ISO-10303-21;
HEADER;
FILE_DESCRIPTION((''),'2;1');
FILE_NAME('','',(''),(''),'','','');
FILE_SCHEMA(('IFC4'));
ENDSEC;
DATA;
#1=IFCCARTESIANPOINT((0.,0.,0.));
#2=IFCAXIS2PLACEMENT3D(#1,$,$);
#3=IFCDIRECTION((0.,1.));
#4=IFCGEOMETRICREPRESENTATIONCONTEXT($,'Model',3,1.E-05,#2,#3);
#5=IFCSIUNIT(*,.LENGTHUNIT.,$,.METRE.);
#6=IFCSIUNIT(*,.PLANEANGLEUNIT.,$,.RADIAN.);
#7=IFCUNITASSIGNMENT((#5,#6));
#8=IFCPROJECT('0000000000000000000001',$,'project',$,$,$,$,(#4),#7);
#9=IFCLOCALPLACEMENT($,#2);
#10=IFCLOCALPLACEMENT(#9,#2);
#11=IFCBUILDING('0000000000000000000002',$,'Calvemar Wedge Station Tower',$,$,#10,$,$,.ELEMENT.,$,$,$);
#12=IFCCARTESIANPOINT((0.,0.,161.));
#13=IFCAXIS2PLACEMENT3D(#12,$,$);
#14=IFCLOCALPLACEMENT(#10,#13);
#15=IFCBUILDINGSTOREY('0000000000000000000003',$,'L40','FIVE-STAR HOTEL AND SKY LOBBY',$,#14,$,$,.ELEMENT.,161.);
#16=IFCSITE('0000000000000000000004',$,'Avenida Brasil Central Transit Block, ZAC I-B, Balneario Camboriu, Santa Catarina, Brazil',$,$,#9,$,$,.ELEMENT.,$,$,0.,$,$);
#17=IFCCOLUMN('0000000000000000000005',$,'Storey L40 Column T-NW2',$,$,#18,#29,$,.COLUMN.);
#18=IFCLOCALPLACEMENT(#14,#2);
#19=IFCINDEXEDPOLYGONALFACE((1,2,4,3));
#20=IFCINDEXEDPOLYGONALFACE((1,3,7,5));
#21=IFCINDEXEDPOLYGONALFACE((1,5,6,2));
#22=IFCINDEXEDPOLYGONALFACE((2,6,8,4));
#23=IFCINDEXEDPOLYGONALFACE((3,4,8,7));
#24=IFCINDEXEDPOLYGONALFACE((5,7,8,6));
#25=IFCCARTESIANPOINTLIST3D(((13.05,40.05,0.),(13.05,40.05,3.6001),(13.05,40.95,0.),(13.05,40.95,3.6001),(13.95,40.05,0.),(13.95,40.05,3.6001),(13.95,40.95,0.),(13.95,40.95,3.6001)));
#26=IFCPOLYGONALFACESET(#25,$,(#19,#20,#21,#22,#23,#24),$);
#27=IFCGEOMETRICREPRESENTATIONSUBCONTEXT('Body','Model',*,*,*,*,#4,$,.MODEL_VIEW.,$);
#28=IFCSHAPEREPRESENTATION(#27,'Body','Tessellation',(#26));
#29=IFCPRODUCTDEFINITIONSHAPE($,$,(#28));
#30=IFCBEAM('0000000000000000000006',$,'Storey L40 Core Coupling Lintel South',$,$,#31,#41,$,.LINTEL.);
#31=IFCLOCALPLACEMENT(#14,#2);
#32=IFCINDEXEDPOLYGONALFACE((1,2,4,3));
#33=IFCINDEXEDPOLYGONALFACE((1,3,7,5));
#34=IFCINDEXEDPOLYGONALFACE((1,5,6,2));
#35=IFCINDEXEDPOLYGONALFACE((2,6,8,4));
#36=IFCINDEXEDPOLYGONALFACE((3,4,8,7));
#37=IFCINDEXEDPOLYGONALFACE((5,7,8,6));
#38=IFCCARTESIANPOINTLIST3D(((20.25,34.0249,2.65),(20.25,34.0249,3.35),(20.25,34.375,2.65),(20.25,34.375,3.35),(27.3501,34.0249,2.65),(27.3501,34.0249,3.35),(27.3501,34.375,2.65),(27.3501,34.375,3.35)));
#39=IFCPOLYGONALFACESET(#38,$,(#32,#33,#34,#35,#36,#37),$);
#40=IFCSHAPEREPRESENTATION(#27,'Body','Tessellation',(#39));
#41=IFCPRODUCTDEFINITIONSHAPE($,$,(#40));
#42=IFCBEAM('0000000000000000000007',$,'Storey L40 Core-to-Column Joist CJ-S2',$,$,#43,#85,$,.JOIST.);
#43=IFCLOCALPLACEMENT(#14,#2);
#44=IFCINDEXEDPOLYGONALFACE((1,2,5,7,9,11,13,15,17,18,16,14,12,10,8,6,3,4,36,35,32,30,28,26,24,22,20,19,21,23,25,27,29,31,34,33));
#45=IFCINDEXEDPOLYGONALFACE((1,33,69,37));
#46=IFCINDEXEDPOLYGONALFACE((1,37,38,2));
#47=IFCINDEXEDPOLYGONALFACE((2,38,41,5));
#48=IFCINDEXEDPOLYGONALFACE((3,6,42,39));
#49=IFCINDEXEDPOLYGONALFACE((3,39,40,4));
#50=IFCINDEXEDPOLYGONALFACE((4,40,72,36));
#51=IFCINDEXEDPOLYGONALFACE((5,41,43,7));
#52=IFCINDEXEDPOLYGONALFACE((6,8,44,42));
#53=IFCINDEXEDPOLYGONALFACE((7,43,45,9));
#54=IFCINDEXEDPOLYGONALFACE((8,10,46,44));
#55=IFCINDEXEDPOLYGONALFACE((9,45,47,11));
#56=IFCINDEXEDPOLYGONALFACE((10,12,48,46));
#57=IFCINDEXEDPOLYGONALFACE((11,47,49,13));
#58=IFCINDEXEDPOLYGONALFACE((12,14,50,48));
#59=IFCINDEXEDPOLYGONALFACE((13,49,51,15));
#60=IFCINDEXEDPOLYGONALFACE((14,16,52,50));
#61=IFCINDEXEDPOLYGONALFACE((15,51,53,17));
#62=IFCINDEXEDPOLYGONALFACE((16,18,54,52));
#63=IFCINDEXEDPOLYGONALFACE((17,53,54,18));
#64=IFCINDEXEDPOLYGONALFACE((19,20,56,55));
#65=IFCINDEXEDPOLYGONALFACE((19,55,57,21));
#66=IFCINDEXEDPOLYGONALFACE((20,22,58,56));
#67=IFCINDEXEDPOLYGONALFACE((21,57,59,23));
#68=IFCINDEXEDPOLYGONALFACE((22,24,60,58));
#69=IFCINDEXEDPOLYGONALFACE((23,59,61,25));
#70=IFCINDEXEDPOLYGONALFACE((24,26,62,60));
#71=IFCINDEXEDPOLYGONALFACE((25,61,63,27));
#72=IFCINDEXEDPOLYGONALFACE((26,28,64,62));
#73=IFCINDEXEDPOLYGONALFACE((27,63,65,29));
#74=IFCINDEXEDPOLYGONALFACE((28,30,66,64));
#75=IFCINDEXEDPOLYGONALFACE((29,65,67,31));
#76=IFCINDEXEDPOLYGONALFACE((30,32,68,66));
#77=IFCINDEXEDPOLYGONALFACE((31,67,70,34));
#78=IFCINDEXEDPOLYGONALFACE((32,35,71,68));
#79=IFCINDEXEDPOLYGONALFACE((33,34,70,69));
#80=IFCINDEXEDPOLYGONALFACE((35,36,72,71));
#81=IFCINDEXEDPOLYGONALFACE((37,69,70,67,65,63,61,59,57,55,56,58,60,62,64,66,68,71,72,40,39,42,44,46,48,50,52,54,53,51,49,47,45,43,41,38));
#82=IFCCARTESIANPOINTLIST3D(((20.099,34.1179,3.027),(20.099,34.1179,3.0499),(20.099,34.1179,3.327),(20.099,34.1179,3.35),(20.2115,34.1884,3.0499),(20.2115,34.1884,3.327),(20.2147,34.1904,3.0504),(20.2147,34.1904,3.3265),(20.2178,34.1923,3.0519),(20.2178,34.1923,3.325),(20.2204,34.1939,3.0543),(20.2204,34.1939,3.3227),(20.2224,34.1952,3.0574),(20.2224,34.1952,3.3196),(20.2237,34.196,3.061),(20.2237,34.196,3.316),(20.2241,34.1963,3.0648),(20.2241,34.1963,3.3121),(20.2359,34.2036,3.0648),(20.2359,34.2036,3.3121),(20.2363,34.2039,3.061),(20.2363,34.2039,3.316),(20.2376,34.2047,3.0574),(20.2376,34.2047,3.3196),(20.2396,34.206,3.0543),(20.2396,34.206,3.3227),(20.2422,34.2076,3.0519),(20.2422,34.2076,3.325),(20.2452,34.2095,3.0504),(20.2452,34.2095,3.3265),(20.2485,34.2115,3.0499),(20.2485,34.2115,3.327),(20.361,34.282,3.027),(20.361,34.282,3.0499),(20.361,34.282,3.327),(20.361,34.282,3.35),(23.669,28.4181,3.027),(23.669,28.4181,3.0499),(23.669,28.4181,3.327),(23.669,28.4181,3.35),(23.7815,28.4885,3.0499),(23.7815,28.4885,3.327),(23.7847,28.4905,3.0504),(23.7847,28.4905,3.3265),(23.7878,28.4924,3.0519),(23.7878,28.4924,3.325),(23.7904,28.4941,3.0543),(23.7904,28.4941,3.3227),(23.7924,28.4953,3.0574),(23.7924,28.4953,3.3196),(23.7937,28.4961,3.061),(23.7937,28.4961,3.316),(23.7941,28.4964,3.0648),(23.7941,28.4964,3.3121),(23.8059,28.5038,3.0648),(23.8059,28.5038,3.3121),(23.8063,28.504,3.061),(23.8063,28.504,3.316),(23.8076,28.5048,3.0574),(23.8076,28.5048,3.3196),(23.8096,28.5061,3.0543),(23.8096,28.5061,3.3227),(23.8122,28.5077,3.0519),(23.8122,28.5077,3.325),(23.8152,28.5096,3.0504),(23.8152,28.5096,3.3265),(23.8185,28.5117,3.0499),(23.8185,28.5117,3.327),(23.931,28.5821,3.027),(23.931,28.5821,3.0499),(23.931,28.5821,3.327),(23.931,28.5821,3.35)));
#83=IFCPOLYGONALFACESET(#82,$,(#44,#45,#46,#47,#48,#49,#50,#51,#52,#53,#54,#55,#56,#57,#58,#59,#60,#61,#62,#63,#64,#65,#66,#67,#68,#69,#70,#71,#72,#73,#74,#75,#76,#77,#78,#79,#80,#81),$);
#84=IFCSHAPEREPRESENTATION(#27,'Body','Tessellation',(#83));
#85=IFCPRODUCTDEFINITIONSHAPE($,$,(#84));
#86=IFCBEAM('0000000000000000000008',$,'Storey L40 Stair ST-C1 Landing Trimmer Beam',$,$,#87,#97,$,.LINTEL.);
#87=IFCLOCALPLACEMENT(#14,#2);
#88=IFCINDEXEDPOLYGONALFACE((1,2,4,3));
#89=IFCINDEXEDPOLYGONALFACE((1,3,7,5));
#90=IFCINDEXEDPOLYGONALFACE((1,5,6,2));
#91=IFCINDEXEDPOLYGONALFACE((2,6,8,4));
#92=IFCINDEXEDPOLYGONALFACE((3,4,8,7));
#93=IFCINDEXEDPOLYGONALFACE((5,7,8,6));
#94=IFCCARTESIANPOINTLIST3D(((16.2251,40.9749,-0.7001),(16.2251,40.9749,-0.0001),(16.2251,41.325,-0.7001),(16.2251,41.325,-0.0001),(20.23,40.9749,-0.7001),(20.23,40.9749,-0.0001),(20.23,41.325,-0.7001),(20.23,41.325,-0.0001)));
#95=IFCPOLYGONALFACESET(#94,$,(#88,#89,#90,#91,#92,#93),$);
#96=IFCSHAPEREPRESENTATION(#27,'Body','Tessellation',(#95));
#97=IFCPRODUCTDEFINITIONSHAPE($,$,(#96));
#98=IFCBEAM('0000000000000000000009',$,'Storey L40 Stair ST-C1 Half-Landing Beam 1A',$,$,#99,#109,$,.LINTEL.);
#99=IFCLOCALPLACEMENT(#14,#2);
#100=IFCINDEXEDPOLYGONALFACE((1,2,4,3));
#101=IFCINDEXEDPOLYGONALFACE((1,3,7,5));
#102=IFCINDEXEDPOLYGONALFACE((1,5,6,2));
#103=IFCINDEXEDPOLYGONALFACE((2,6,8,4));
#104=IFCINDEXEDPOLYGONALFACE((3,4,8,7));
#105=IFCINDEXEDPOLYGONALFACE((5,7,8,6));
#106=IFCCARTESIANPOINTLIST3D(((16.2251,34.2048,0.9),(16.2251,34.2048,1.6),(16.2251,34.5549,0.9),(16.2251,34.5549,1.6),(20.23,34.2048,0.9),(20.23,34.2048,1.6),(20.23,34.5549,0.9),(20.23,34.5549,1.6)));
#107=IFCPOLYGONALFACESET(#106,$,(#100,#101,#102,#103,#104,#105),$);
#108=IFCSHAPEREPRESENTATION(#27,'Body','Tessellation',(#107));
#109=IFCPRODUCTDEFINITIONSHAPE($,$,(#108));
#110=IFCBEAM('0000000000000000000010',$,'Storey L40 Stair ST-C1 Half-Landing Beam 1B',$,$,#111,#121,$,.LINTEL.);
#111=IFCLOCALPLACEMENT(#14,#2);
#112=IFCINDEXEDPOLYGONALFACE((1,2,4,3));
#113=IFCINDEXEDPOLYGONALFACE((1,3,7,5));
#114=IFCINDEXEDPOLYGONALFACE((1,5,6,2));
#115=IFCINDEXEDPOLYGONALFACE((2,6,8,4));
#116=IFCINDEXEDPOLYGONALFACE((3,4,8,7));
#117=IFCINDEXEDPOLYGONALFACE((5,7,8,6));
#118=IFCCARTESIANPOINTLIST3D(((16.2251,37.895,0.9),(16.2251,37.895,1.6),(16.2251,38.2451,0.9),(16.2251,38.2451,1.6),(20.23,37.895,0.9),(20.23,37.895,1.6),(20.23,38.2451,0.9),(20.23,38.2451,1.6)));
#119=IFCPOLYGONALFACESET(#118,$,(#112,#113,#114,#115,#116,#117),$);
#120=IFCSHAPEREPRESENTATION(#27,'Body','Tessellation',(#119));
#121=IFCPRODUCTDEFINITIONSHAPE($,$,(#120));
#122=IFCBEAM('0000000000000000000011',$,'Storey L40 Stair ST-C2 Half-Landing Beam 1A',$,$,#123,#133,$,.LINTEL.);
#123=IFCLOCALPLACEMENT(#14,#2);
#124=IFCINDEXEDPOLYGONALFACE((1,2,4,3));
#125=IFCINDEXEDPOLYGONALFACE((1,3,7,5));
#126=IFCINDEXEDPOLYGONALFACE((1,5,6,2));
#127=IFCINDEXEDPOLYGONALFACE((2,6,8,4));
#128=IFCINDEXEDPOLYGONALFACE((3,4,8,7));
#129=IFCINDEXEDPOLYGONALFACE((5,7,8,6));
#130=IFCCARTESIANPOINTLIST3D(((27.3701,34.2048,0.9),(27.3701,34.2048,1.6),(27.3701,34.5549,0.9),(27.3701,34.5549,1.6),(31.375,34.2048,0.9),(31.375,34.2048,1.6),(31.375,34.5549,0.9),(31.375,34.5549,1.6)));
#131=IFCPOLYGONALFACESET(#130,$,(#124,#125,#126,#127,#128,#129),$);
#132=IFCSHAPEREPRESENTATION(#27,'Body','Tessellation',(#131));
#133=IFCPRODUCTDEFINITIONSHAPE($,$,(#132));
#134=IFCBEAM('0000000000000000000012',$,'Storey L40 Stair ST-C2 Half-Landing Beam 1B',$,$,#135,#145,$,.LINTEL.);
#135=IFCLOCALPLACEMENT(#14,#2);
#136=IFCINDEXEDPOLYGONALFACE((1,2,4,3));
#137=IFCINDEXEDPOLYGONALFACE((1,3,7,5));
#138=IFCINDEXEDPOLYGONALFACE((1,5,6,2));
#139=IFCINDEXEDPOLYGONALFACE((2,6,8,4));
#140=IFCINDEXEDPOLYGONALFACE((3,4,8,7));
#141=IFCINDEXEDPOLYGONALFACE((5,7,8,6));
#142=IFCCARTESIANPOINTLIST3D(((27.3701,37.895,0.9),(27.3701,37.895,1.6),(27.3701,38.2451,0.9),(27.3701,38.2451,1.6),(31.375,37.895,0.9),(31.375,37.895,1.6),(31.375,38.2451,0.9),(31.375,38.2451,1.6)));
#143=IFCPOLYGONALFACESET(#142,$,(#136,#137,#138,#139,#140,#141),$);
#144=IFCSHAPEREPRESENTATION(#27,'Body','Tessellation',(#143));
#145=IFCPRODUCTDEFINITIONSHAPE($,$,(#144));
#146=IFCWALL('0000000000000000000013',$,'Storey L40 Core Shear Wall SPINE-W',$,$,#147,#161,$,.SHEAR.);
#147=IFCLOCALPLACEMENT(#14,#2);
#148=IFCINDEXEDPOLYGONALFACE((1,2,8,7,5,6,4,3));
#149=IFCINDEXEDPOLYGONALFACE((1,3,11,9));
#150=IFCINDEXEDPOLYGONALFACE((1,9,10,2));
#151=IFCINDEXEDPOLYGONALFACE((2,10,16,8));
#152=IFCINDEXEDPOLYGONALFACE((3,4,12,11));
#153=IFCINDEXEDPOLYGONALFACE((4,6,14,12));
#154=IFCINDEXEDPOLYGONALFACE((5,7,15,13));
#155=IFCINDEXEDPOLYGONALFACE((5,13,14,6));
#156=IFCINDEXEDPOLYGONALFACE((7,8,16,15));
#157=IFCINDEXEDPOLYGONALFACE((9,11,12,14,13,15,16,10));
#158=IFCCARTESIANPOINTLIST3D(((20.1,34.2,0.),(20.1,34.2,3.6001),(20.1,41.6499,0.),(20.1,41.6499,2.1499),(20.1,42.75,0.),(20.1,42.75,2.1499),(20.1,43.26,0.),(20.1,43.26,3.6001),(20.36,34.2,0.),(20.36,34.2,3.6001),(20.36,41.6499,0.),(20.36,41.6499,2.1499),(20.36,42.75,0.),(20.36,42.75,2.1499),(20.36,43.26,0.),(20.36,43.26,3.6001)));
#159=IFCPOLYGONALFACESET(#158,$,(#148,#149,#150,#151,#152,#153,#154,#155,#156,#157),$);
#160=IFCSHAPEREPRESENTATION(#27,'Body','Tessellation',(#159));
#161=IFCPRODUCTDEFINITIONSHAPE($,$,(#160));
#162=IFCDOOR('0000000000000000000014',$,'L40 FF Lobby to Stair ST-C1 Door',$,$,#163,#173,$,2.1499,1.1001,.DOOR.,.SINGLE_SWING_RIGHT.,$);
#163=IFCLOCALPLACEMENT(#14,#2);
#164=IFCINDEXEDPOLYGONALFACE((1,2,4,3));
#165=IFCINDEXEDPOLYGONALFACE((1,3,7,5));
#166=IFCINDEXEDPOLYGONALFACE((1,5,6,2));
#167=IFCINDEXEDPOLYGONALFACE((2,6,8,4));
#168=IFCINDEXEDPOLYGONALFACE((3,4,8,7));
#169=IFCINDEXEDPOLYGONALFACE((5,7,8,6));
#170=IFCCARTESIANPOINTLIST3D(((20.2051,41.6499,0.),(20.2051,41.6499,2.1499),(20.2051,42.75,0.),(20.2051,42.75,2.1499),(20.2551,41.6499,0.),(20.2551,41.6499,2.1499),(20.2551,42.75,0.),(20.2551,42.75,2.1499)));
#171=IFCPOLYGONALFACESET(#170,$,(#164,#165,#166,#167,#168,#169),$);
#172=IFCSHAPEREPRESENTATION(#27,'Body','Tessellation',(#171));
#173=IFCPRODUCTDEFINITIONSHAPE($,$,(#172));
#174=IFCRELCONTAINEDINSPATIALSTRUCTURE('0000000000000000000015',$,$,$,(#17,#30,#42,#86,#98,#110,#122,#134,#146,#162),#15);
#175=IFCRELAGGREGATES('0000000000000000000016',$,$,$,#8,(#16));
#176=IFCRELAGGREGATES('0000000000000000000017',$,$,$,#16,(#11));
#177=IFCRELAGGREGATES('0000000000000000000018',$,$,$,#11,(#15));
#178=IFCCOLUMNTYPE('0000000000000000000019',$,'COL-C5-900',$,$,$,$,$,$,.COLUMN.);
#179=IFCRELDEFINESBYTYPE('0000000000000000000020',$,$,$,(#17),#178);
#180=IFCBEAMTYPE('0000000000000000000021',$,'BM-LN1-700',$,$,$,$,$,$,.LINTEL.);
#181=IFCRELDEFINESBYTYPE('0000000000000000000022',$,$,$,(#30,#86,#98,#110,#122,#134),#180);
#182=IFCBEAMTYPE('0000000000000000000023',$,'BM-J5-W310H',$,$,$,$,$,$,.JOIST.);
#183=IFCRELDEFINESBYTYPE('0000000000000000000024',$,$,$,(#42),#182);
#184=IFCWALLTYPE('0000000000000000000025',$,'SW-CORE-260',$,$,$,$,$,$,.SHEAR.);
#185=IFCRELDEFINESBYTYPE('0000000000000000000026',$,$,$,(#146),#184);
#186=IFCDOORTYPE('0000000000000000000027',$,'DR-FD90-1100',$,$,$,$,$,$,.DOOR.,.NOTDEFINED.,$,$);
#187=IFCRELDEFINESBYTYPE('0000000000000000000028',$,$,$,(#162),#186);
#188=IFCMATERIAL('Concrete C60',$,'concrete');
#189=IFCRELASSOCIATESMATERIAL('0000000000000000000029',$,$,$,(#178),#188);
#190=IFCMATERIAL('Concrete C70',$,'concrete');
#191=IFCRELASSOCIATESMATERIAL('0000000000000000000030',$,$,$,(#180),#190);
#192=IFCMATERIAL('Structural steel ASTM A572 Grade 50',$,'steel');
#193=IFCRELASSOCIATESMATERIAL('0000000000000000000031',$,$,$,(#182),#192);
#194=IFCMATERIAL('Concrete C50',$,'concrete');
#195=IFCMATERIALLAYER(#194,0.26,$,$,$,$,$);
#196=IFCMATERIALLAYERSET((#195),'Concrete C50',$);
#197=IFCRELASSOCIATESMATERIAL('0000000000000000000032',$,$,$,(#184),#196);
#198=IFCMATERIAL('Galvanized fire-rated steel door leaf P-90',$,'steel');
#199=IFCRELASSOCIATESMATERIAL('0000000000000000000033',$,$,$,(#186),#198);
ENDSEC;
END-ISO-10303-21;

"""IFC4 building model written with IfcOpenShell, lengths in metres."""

from ifc_helpers import new_model, si_unit, direction, frame, frame_2d, origin, origin_2d, place, context, subcontext, project, spatial, rectangle, i_section, extrude, source, transform, mapped, material, layer, layer_set, material_profile, profile_set, type_object, element, fill, save


model = new_model("IFC4")

# Units and contexts
model_context = context("Model", 3, precision=1e-05, world=origin(), true_north=direction((0.0, 1.0)))
body_context = subcontext(model_context, "Body", "Model", "MODEL_VIEW")
ifc_project = project(units=[si_unit("LENGTHUNIT", "METRE"), si_unit("PLANEANGLEUNIT", "RADIAN")], contexts=[model_context])

# Site, building, storey
site_placement = place(None, origin())
site = spatial("IfcSite", under=ifc_project, at=site_placement, Name="Avenida Brasil Central Transit Block, ZAC I-B, Balneario Camboriu, Santa Catarina, Brazil", CompositionType="ELEMENT", RefElevation=0.0)
building_placement = place(site_placement, origin())
building = spatial("IfcBuilding", under=site, at=building_placement, Name="Calvemar Wedge Station Tower", CompositionType="ELEMENT")
storey_placement = place(building_placement, frame((0.0, 0.0, 161.0)))
storey = spatial("IfcBuildingStorey", under=building, at=storey_placement, Name="L40", Description="FIVE-STAR HOTEL AND SKY LOBBY", CompositionType="ELEMENT", Elevation=161.0)

# Column
ifc_material_1 = material(Name="Concrete C60", Category="concrete")
ifc_material_profile_1 = material_profile(ifc_material_1, rectangle(XDim=0.8999, YDim=0.8999, at=origin_2d()), Name="RC900x900")
ifc_profile_set_1 = profile_set([ifc_material_profile_1], Name="Concrete C60")
column_type = type_object("IfcColumnType", Name="COL-C5-900", PredefinedType="COLUMN", material=ifc_profile_set_1)
shared_shape_1 = source(origin(), body_context, "Body", "SweptSolid", [
    extrude(rectangle(XDim=0.8999, YDim=0.8999, at=origin_2d()), origin(), (0.0, 0.0, 1.0), 3.6001),
])
column_placement = place(storey_placement, frame((13.5, 40.5, 0.0), z_axis=(0.0, 0.0, 1.0), x_axis=(1.0, 0.0, 0.0)))
element("IfcColumn", 1, at=column_placement, inside=storey, type_object=column_type, Name="Storey L40 Column T-NW2", PredefinedType="COLUMN", context=body_context, shape_type="MappedRepresentation", body=[
    mapped(shared_shape_1, transform((0.0, 0.0, 0.0), scale=1.0)),
])

# Beams
ifc_material_2 = material(Name="Concrete C70", Category="concrete")
ifc_material_profile_2 = material_profile(ifc_material_2, rectangle(XDim=0.3501, YDim=0.7, at=origin_2d()), Name="RC350x700")
ifc_profile_set_2 = profile_set([ifc_material_profile_2], Name="Concrete C70")
beam_type_1 = type_object("IfcBeamType", Name="BM-LN1-700", PredefinedType="LINTEL", material=ifc_profile_set_2)
shared_shape_2 = source(origin(), body_context, "Body", "SweptSolid", [
    extrude(rectangle(XDim=0.3501, YDim=0.7, at=origin_2d()), origin(), (0.0, 0.0, 1.0), 7.1001),
])
beam_1_placement = place(storey_placement, frame((20.25, 34.2, 3.0), z_axis=(1.0, 0.0, 0.0), x_axis=(0.0, 1.0, 0.0)))
element("IfcBeam", 2, at=beam_1_placement, inside=storey, type_object=beam_type_1, Name="Storey L40 Core Coupling Lintel South", PredefinedType="LINTEL", context=body_context, shape_type="MappedRepresentation", body=[
    mapped(shared_shape_2, transform((0.0, 0.0, 0.0), scale=1.0)),
])
ifc_material_3 = material(Name="Structural steel ASTM A572 Grade 50", Category="steel")
ifc_material_profile_3 = material_profile(ifc_material_3, i_section(OverallWidth=0.3091, OverallDepth=0.323, WebThickness=0.0139, FlangeThickness=0.0229, FilletRadius=0.0149, at=origin_2d()), Name="W310x143")
ifc_profile_set_3 = profile_set([ifc_material_profile_3], Name="Structural steel ASTM A572 Grade 50")
beam_type_2 = type_object("IfcBeamType", Name="BM-J5-W310H", PredefinedType="JOIST", material=ifc_profile_set_3)
shared_shape_3 = source(origin(), body_context, "Body", "SweptSolid", [
    extrude(i_section(OverallWidth=0.3091, OverallDepth=0.323, WebThickness=0.0139, FlangeThickness=0.0229, FilletRadius=0.0149, at=origin_2d()), origin(), (0.0, 0.0, 1.0), 6.7256),
])
beam_2_placement = place(storey_placement, frame((20.23, 34.2, 3.1885), z_axis=(0.530811, -0.84749, 0.0), x_axis=(0.84749, 0.530811, 0.0)))
element("IfcBeam", 3, at=beam_2_placement, inside=storey, type_object=beam_type_2, Name="Storey L40 Core-to-Column Joist CJ-S2", PredefinedType="JOIST", context=body_context, shape_type="MappedRepresentation", body=[
    mapped(shared_shape_3, transform((0.0, 0.0, 0.0), scale=1.0)),
])
shared_shape_4 = source(origin(), body_context, "Body", "SweptSolid", [
    extrude(rectangle(XDim=0.3501, YDim=0.7, at=origin_2d()), origin(), (0.0, 0.0, 1.0), 4.0049),
])
for number, where, z_axis, x_axis, name in (
    (4, (16.2251, 41.1499, -0.3501), (1.0, 0.0, 0.0), (0.0, 1.0, 0.0), "Storey L40 Stair ST-C1 Landing Trimmer Beam"),
    (5, (16.2251, 34.3799, 1.25), (1.0, 0.0, 0.0), (0.0, 1.0, 0.0), "Storey L40 Stair ST-C1 Half-Landing Beam 1A"),
    (6, (16.2251, 38.0701, 1.25), (1.0, 0.0, 0.0), (0.0, 1.0, 0.0), "Storey L40 Stair ST-C1 Half-Landing Beam 1B"),
    (7, (27.3701, 34.3799, 1.25), (1.0, 0.0, 0.0), (0.0, 1.0, 0.0), "Storey L40 Stair ST-C2 Half-Landing Beam 1A"),
    (8, (27.3701, 38.0701, 1.25), (1.0, 0.0, 0.0), (0.0, 1.0, 0.0), "Storey L40 Stair ST-C2 Half-Landing Beam 1B"),
):
    element("IfcBeam", number, at=place(storey_placement, frame(where, z_axis=z_axis, x_axis=x_axis)), inside=storey, type_object=beam_type_1, Name=name, PredefinedType="LINTEL", context=body_context, shape_type="MappedRepresentation", body=[
        mapped(shared_shape_4, transform((0.0, 0.0, 0.0), scale=1.0)),
    ])

# Wall, opening, door
ifc_material_4 = material(Name="Concrete C50", Category="concrete")
ifc_layer_1 = layer(ifc_material_4, 0.26)
ifc_layer_set_1 = layer_set([ifc_layer_1], Name="Concrete C50")
wall_type_1 = type_object("IfcWallType", Name="SW-CORE-260", PredefinedType="SHEAR", material=ifc_layer_set_1)
wall_1_placement = place(storey_placement, frame((20.23, 34.2, 0.0), z_axis=(0.0, 0.0, 1.0), x_axis=(0.0, 1.0, 0.0)))
wall_1 = element("IfcWall", 9, at=wall_1_placement, inside=storey, type_object=wall_type_1, Name="Storey L40 Core Shear Wall SPINE-W", PredefinedType="SHEAR", context=body_context, shape_type="SweptSolid", body=[
    extrude(rectangle(XDim=9.0601, YDim=0.26, at=frame_2d((4.53, 0.0))), origin(), (0.0, 0.0, 1.0), 3.6001),
])
shared_shape_5 = source(origin(), body_context, "Body", "SweptSolid", [
    extrude(rectangle(XDim=1.1001, YDim=2.1499, at=frame_2d((0.55, 1.075))), frame((0.0, 0.1401, 0.0), z_axis=(0.0, -1.0, 0.0), x_axis=(1.0, 0.0, 0.0)), (0.0, 0.0, 1.0), 0.28),
])
opening_1_placement = place(wall_1_placement, frame((7.45, 0.0, 0.0)))
opening_1 = element("IfcOpeningElement", 10, at=opening_1_placement, cuts=wall_1, PredefinedType="OPENING", context=body_context, shape_type="MappedRepresentation", body=[
    mapped(shared_shape_5, transform((0.0, 0.0, 0.0), scale=1.0)),
])
ifc_material_5 = material(Name="Galvanized fire-rated steel door leaf P-90", Category="steel")
door_type_1 = type_object("IfcDoorType", Name="DR-FD90-1100", OperationType="NOTDEFINED", PredefinedType="DOOR", material=ifc_material_5)
shared_shape_6 = source(origin(), body_context, "Body", "SweptSolid", [
    extrude(rectangle(XDim=1.1001, YDim=2.1499, at=frame_2d((0.55, 1.075))), frame((0.0, 0.0249, 0.0), z_axis=(0.0, -1.0, 0.0), x_axis=(1.0, 0.0, 0.0)), (0.0, 0.0, 1.0), 0.05),
])
door_1_placement = place(opening_1_placement, origin())
door_1 = element("IfcDoor", 11, at=door_1_placement, inside=storey, type_object=door_type_1, Name="L40 FF Lobby to Stair ST-C1 Door", OperationType="SINGLE_SWING_RIGHT", OverallHeight=2.1499, OverallWidth=1.1001, PredefinedType="DOOR", context=body_context, shape_type="MappedRepresentation", body=[
    mapped(shared_shape_6, transform((0.0, 0.0, 0.0), scale=1.0)),
])
fill(opening_1, door_1)

save(model, "model.ifc")
